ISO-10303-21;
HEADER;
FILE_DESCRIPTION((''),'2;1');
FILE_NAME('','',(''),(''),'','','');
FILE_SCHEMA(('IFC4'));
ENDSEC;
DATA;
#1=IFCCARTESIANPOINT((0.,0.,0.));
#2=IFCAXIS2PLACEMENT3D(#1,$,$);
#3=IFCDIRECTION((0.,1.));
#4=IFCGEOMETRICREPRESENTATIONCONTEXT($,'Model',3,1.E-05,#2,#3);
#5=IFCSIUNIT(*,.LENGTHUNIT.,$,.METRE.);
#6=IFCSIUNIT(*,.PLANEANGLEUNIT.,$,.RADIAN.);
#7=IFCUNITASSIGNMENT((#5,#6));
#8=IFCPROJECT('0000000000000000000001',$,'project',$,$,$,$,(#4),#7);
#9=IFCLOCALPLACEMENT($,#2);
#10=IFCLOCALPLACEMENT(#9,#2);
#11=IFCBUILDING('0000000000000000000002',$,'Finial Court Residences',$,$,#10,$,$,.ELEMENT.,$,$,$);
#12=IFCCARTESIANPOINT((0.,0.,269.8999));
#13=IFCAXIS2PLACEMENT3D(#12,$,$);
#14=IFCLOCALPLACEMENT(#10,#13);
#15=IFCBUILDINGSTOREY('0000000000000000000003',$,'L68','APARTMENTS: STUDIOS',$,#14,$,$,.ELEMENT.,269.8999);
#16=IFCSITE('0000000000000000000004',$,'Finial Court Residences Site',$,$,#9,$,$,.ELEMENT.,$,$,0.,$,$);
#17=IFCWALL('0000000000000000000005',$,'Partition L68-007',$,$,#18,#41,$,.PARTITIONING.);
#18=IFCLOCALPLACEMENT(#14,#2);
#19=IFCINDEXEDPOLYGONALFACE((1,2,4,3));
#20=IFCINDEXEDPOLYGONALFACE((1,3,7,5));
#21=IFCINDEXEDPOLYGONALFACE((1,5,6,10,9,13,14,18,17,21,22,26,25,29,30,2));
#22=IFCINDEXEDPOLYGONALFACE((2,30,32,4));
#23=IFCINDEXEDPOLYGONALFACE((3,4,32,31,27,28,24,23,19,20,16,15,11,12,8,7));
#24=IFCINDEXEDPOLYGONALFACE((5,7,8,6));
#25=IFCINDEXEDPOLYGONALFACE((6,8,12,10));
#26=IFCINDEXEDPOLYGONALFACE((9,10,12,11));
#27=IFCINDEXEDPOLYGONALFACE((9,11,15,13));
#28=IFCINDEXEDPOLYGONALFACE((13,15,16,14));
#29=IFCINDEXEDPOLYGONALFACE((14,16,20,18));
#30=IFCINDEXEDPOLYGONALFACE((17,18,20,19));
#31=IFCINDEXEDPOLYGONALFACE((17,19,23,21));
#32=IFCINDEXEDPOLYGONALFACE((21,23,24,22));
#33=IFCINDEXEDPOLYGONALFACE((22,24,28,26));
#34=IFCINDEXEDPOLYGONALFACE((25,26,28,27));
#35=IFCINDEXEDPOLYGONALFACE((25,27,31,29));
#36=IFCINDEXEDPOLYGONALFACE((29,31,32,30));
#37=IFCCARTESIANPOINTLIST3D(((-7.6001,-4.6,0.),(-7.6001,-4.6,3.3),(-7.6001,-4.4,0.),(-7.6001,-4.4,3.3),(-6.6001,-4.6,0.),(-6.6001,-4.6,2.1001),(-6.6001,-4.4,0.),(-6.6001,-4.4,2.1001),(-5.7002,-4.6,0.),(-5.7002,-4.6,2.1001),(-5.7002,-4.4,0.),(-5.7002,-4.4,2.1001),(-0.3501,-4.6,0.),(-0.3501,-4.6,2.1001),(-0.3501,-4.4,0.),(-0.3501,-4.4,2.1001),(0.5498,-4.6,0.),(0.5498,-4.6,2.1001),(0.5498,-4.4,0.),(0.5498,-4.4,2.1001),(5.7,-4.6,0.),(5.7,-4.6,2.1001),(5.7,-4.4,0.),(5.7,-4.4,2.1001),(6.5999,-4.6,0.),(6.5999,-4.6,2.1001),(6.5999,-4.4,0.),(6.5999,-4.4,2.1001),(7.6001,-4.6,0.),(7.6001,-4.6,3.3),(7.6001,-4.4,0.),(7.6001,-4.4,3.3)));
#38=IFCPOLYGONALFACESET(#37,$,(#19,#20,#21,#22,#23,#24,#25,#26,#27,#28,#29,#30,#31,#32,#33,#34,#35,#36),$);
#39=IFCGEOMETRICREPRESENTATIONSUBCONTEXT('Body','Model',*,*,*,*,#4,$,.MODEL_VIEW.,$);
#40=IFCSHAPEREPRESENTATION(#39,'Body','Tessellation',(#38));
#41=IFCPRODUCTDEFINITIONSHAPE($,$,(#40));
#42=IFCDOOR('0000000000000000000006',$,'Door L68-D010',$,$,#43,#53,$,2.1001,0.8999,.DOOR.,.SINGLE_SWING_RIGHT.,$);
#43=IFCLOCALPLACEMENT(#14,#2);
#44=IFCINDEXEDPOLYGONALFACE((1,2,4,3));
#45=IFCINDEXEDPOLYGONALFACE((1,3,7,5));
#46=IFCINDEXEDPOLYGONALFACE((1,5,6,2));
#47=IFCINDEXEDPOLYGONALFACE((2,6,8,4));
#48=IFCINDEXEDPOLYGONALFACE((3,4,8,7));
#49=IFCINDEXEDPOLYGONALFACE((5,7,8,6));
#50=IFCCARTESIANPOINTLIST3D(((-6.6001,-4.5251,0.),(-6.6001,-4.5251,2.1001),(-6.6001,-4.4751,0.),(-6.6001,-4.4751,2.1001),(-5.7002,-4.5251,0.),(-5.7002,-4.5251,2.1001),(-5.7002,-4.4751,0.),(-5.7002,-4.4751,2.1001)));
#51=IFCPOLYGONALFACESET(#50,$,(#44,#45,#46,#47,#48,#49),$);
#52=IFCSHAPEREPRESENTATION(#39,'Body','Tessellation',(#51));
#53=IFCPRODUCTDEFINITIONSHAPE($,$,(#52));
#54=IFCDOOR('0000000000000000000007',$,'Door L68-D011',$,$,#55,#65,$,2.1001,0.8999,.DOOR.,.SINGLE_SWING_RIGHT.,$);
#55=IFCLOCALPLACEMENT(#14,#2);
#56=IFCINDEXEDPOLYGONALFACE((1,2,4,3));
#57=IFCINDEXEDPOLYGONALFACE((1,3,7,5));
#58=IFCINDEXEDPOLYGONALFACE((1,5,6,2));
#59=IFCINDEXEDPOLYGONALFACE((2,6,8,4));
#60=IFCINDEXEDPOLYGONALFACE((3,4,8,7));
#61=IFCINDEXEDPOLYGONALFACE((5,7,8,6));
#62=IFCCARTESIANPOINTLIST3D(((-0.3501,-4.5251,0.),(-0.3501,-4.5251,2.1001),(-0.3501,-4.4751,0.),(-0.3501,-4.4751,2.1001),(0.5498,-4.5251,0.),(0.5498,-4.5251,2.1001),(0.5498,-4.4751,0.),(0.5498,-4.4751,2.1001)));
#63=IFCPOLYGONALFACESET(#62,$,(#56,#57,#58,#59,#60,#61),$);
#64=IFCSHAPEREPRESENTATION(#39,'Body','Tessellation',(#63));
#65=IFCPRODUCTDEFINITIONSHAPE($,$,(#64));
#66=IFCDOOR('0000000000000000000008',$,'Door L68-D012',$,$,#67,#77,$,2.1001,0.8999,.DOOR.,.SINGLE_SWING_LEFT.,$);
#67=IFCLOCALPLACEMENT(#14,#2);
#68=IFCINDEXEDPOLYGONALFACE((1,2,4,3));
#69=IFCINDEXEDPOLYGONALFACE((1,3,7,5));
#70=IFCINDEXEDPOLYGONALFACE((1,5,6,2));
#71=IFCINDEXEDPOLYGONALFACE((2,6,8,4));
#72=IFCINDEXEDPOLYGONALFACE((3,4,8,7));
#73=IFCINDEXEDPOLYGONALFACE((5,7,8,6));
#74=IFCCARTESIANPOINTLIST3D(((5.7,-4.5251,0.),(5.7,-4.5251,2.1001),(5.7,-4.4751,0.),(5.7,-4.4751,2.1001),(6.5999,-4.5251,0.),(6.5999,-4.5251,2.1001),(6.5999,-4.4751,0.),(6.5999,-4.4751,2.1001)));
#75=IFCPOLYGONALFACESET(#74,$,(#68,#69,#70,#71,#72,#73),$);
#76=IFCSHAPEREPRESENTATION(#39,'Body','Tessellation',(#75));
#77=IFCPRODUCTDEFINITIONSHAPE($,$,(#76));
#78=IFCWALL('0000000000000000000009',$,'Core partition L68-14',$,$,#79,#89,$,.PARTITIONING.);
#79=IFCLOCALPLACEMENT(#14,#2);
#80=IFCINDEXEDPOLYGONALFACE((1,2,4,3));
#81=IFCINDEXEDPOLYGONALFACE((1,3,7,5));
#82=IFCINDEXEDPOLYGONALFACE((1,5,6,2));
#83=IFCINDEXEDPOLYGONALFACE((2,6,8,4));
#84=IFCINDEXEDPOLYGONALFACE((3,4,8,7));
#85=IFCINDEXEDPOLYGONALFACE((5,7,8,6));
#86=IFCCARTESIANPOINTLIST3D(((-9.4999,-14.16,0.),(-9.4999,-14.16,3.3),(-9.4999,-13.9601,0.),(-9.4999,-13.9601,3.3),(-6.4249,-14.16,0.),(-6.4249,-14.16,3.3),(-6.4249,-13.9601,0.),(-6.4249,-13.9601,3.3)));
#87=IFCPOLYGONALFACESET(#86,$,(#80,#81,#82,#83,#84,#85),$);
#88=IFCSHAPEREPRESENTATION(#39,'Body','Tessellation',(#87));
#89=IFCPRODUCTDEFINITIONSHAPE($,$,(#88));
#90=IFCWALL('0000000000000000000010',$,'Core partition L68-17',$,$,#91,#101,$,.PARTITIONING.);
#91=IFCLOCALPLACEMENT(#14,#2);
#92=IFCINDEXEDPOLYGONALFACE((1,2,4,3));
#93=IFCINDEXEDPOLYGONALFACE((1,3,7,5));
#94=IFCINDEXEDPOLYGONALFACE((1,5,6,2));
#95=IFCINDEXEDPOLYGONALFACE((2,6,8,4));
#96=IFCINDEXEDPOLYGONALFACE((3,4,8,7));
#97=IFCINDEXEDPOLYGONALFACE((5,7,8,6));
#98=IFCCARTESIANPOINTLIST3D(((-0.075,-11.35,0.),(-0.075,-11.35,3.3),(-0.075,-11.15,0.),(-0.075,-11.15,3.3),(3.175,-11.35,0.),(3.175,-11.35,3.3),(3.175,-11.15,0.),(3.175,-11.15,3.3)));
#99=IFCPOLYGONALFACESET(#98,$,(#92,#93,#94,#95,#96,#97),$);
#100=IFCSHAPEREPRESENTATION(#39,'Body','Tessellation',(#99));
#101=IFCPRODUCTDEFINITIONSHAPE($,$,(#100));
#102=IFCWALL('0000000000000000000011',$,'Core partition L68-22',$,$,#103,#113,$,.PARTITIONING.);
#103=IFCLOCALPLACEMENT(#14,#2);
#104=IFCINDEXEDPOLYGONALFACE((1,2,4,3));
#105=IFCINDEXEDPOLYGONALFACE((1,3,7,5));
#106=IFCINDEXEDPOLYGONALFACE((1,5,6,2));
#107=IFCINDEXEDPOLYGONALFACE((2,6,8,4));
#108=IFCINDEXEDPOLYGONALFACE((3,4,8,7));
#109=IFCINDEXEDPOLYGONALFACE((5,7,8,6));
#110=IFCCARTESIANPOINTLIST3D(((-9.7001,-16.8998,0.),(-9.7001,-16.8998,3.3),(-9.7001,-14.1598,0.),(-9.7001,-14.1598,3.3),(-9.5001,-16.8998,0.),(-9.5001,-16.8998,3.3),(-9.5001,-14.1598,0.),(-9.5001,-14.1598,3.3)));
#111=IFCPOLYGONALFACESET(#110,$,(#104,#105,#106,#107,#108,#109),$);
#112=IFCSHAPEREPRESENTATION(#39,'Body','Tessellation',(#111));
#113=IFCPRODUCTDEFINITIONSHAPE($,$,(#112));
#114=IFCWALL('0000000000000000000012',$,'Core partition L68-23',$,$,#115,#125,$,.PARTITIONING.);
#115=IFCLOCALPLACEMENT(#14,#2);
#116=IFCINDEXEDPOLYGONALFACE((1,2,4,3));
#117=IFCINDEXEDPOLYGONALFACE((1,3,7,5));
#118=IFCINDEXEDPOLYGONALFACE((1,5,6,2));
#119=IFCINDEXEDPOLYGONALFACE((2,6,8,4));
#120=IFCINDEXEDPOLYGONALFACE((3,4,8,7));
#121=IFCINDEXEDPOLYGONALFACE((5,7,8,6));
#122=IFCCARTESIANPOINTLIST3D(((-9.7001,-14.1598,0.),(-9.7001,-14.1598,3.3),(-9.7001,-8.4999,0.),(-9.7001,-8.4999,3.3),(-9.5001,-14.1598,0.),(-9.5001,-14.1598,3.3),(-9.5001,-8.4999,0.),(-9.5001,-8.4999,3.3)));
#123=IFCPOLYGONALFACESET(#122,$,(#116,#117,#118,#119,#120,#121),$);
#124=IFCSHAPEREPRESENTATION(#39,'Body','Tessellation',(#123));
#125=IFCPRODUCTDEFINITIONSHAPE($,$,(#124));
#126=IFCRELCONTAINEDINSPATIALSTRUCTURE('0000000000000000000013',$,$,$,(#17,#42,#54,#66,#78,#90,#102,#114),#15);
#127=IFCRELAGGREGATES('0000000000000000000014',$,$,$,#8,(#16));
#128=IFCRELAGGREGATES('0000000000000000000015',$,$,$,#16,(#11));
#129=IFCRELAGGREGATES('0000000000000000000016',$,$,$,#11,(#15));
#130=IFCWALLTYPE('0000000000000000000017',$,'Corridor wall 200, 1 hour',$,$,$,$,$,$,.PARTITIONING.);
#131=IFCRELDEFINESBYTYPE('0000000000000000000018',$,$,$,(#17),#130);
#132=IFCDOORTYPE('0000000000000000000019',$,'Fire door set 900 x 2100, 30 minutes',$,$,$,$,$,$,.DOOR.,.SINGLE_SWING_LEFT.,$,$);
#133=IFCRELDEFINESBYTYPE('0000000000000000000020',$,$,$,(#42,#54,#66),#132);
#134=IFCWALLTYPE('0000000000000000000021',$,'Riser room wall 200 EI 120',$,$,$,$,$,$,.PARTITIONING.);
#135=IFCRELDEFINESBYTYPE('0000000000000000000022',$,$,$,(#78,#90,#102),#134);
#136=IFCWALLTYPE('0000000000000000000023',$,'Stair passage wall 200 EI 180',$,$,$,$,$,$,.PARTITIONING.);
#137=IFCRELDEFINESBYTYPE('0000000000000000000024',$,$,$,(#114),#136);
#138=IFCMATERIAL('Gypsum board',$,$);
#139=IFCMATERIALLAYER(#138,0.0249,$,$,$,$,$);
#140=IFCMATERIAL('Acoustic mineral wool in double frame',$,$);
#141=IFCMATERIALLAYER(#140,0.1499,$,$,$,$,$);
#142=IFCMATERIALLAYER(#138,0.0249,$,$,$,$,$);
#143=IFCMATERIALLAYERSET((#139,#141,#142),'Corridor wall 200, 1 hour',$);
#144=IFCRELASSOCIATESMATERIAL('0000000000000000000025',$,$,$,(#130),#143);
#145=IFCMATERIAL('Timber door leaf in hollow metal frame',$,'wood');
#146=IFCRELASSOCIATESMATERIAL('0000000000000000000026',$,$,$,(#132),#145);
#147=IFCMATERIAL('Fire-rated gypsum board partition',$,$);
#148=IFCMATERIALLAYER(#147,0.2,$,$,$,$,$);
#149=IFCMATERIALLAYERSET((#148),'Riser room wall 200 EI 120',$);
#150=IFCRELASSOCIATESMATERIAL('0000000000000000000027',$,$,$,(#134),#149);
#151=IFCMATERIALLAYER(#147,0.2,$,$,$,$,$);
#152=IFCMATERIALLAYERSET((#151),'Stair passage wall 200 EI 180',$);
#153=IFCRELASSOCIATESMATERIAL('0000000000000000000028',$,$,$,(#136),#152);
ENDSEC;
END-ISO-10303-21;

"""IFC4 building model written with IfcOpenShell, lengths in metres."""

from ifc_helpers import new_model, si_unit, direction, frame, frame_2d, origin, place, context, subcontext, project, spatial, rectangle, extrude, material, layer, layer_set, type_object, element, fill, save


model = new_model("IFC4")

# Units and contexts
model_context = context("Model", 3, precision=1e-05, world=origin(), true_north=direction((0.0, 1.0)))
body_context = subcontext(model_context, "Body", "Model", "MODEL_VIEW")
ifc_project = project(units=[si_unit("LENGTHUNIT", "METRE"), si_unit("PLANEANGLEUNIT", "RADIAN")], contexts=[model_context])

# Site, building, storey
site_placement = place(None, origin())
site = spatial("IfcSite", under=ifc_project, at=site_placement, Name="Finial Court Residences Site", CompositionType="ELEMENT", RefElevation=0.0)
building_placement = place(site_placement, origin())
building = spatial("IfcBuilding", under=site, at=building_placement, Name="Finial Court Residences", CompositionType="ELEMENT")
storey_placement = place(building_placement, frame((0.0, 0.0, 269.8999)))
storey = spatial("IfcBuildingStorey", under=building, at=storey_placement, Name="L68", Description="APARTMENTS: STUDIOS", CompositionType="ELEMENT", Elevation=269.8999)

# Shared definitions
ifc_material_1 = material(Name="Fire-rated gypsum board partition")

# Wall, openings, doors
ifc_material_2 = material(Name="Gypsum board")
ifc_layer_1 = layer(ifc_material_2, 0.0249)
ifc_material_3 = material(Name="Acoustic mineral wool in double frame")
ifc_layer_2 = layer(ifc_material_3, 0.1499)
ifc_layer_3 = layer(ifc_material_2, 0.0249)
ifc_layer_set_1 = layer_set([ifc_layer_1, ifc_layer_2, ifc_layer_3], Name="Corridor wall 200, 1 hour")
wall_type_1 = type_object("IfcWallType", Name="Corridor wall 200, 1 hour", PredefinedType="PARTITIONING", material=ifc_layer_set_1)
wall_1_placement = place(storey_placement, frame((-7.6001, -4.5, 0.0), z_axis=(0.0, 0.0, 1.0), x_axis=(1.0, 0.0, 0.0)))
wall_1 = element("IfcWall", 1, at=wall_1_placement, inside=storey, type_object=wall_type_1, Name="Partition L68-007", PredefinedType="PARTITIONING", context=body_context, shape_type="SweptSolid", body=[
    extrude(rectangle(XDim=15.2002, YDim=0.2, at=frame_2d((7.6001, 0.0))), origin(), (0.0, 0.0, 1.0), 3.3),
])
opening_1_placement = place(wall_1_placement, frame((1.0, 0.0, 0.0)))
opening_1 = element("IfcOpeningElement", 2, at=opening_1_placement, cuts=wall_1, PredefinedType="OPENING", context=body_context, shape_type="SweptSolid", body=[
    extrude(rectangle(XDim=0.8999, YDim=2.1001, at=frame_2d((0.45, 1.05))), frame((0.0, 0.1099, 0.0), z_axis=(0.0, -1.0, 0.0), x_axis=(1.0, 0.0, 0.0)), (0.0, 0.0, 1.0), 0.22),
])
opening_2_placement = place(wall_1_placement, frame((7.25, 0.0, 0.0)))
opening_2 = element("IfcOpeningElement", 3, at=opening_2_placement, cuts=wall_1, PredefinedType="OPENING", context=body_context, shape_type="SweptSolid", body=[
    extrude(rectangle(XDim=0.8999, YDim=2.1001, at=frame_2d((0.45, 1.05))), frame((0.0, 0.1099, 0.0), z_axis=(0.0, -1.0, 0.0), x_axis=(1.0, 0.0, 0.0)), (0.0, 0.0, 1.0), 0.22),
])
opening_3_placement = place(wall_1_placement, frame((13.3, 0.0, 0.0)))
opening_3 = element("IfcOpeningElement", 4, at=opening_3_placement, cuts=wall_1, PredefinedType="OPENING", context=body_context, shape_type="SweptSolid", body=[
    extrude(rectangle(XDim=0.8999, YDim=2.1001, at=frame_2d((0.45, 1.05))), frame((0.0, 0.1099, 0.0), z_axis=(0.0, -1.0, 0.0), x_axis=(1.0, 0.0, 0.0)), (0.0, 0.0, 1.0), 0.22),
])
ifc_material_4 = material(Name="Timber door leaf in hollow metal frame", Category="wood")
door_type_1 = type_object("IfcDoorType", Name="Fire door set 900 x 2100, 30 minutes", OperationType="SINGLE_SWING_LEFT", PredefinedType="DOOR", material=ifc_material_4)
door_1_placement = place(opening_1_placement, origin())
door_1 = element("IfcDoor", 5, at=door_1_placement, inside=storey, type_object=door_type_1, Name="Door L68-D010", OperationType="SINGLE_SWING_RIGHT", OverallHeight=2.1001, OverallWidth=0.8999, PredefinedType="DOOR", context=body_context, shape_type="SweptSolid", body=[
    extrude(rectangle(XDim=0.8999, YDim=2.1001, at=frame_2d((0.45, 1.05))), frame((0.0, 0.0249, 0.0), z_axis=(0.0, -1.0, 0.0), x_axis=(1.0, 0.0, 0.0)), (0.0, 0.0, 1.0), 0.05),
])
fill(opening_1, door_1)
door_2_placement = place(opening_2_placement, origin())
door_2 = element("IfcDoor", 6, at=door_2_placement, inside=storey, type_object=door_type_1, Name="Door L68-D011", OperationType="SINGLE_SWING_RIGHT", OverallHeight=2.1001, OverallWidth=0.8999, PredefinedType="DOOR", context=body_context, shape_type="SweptSolid", body=[
    extrude(rectangle(XDim=0.8999, YDim=2.1001, at=frame_2d((0.45, 1.05))), frame((0.0, 0.0249, 0.0), z_axis=(0.0, -1.0, 0.0), x_axis=(1.0, 0.0, 0.0)), (0.0, 0.0, 1.0), 0.05),
])
fill(opening_2, door_2)
door_3_placement = place(opening_3_placement, origin())
door_3 = element("IfcDoor", 7, at=door_3_placement, inside=storey, type_object=door_type_1, Name="Door L68-D012", OperationType="SINGLE_SWING_LEFT", OverallHeight=2.1001, OverallWidth=0.8999, PredefinedType="DOOR", context=body_context, shape_type="SweptSolid", body=[
    extrude(rectangle(XDim=0.8999, YDim=2.1001, at=frame_2d((0.45, 1.05))), frame((0.0, 0.0249, 0.0), z_axis=(0.0, -1.0, 0.0), x_axis=(1.0, 0.0, 0.0)), (0.0, 0.0, 1.0), 0.05),
])
fill(opening_3, door_3)

# Walls
ifc_layer_4 = layer(ifc_material_1, 0.2)
ifc_layer_set_2 = layer_set([ifc_layer_4], Name="Riser room wall 200 EI 120")
wall_type_2 = type_object("IfcWallType", Name="Riser room wall 200 EI 120", PredefinedType="PARTITIONING", material=ifc_layer_set_2)
wall_2_placement = place(storey_placement, frame((-9.5, -14.0601, 0.0), z_axis=(0.0, 0.0, 1.0), x_axis=(1.0, 0.0, 0.0)))
element("IfcWall", 8, at=wall_2_placement, inside=storey, type_object=wall_type_2, Name="Core partition L68-14", PredefinedType="PARTITIONING", context=body_context, shape_type="SweptSolid", body=[
    extrude(rectangle(XDim=3.075, YDim=0.2, at=frame_2d((1.5376, 0.0))), origin(), (0.0, 0.0, 1.0), 3.3),
])
wall_3_placement = place(storey_placement, frame((-0.075, -11.25, 0.0), z_axis=(0.0, 0.0, 1.0), x_axis=(1.0, 0.0, 0.0)))
element("IfcWall", 9, at=wall_3_placement, inside=storey, type_object=wall_type_2, Name="Core partition L68-17", PredefinedType="PARTITIONING", context=body_context, shape_type="SweptSolid", body=[
    extrude(rectangle(XDim=3.25, YDim=0.2, at=frame_2d((1.625, 0.0))), origin(), (0.0, 0.0, 1.0), 3.3),
])
wall_4_placement = place(storey_placement, frame((-9.6001, -16.8999, 0.0), z_axis=(0.0, 0.0, 1.0), x_axis=(0.0, 1.0, 0.0)))
element("IfcWall", 10, at=wall_4_placement, inside=storey, type_object=wall_type_2, Name="Core partition L68-22", PredefinedType="PARTITIONING", context=body_context, shape_type="SweptSolid", body=[
    extrude(rectangle(XDim=2.74, YDim=0.2, at=frame_2d((1.3701, 0.0))), origin(), (0.0, 0.0, 1.0), 3.3),
])
ifc_layer_5 = layer(ifc_material_1, 0.2)
ifc_layer_set_3 = layer_set([ifc_layer_5], Name="Stair passage wall 200 EI 180")
wall_type_3 = type_object("IfcWallType", Name="Stair passage wall 200 EI 180", PredefinedType="PARTITIONING", material=ifc_layer_set_3)
wall_5_placement = place(storey_placement, frame((-9.6001, -14.1599, 0.0), z_axis=(0.0, 0.0, 1.0), x_axis=(0.0, 1.0, 0.0)))
element("IfcWall", 11, at=wall_5_placement, inside=storey, type_object=wall_type_3, Name="Core partition L68-23", PredefinedType="PARTITIONING", context=body_context, shape_type="SweptSolid", body=[
    extrude(rectangle(XDim=5.6599, YDim=0.2, at=frame_2d((2.8301, 0.0))), origin(), (0.0, 0.0, 1.0), 3.3),
])

save(model, "model.ifc")
